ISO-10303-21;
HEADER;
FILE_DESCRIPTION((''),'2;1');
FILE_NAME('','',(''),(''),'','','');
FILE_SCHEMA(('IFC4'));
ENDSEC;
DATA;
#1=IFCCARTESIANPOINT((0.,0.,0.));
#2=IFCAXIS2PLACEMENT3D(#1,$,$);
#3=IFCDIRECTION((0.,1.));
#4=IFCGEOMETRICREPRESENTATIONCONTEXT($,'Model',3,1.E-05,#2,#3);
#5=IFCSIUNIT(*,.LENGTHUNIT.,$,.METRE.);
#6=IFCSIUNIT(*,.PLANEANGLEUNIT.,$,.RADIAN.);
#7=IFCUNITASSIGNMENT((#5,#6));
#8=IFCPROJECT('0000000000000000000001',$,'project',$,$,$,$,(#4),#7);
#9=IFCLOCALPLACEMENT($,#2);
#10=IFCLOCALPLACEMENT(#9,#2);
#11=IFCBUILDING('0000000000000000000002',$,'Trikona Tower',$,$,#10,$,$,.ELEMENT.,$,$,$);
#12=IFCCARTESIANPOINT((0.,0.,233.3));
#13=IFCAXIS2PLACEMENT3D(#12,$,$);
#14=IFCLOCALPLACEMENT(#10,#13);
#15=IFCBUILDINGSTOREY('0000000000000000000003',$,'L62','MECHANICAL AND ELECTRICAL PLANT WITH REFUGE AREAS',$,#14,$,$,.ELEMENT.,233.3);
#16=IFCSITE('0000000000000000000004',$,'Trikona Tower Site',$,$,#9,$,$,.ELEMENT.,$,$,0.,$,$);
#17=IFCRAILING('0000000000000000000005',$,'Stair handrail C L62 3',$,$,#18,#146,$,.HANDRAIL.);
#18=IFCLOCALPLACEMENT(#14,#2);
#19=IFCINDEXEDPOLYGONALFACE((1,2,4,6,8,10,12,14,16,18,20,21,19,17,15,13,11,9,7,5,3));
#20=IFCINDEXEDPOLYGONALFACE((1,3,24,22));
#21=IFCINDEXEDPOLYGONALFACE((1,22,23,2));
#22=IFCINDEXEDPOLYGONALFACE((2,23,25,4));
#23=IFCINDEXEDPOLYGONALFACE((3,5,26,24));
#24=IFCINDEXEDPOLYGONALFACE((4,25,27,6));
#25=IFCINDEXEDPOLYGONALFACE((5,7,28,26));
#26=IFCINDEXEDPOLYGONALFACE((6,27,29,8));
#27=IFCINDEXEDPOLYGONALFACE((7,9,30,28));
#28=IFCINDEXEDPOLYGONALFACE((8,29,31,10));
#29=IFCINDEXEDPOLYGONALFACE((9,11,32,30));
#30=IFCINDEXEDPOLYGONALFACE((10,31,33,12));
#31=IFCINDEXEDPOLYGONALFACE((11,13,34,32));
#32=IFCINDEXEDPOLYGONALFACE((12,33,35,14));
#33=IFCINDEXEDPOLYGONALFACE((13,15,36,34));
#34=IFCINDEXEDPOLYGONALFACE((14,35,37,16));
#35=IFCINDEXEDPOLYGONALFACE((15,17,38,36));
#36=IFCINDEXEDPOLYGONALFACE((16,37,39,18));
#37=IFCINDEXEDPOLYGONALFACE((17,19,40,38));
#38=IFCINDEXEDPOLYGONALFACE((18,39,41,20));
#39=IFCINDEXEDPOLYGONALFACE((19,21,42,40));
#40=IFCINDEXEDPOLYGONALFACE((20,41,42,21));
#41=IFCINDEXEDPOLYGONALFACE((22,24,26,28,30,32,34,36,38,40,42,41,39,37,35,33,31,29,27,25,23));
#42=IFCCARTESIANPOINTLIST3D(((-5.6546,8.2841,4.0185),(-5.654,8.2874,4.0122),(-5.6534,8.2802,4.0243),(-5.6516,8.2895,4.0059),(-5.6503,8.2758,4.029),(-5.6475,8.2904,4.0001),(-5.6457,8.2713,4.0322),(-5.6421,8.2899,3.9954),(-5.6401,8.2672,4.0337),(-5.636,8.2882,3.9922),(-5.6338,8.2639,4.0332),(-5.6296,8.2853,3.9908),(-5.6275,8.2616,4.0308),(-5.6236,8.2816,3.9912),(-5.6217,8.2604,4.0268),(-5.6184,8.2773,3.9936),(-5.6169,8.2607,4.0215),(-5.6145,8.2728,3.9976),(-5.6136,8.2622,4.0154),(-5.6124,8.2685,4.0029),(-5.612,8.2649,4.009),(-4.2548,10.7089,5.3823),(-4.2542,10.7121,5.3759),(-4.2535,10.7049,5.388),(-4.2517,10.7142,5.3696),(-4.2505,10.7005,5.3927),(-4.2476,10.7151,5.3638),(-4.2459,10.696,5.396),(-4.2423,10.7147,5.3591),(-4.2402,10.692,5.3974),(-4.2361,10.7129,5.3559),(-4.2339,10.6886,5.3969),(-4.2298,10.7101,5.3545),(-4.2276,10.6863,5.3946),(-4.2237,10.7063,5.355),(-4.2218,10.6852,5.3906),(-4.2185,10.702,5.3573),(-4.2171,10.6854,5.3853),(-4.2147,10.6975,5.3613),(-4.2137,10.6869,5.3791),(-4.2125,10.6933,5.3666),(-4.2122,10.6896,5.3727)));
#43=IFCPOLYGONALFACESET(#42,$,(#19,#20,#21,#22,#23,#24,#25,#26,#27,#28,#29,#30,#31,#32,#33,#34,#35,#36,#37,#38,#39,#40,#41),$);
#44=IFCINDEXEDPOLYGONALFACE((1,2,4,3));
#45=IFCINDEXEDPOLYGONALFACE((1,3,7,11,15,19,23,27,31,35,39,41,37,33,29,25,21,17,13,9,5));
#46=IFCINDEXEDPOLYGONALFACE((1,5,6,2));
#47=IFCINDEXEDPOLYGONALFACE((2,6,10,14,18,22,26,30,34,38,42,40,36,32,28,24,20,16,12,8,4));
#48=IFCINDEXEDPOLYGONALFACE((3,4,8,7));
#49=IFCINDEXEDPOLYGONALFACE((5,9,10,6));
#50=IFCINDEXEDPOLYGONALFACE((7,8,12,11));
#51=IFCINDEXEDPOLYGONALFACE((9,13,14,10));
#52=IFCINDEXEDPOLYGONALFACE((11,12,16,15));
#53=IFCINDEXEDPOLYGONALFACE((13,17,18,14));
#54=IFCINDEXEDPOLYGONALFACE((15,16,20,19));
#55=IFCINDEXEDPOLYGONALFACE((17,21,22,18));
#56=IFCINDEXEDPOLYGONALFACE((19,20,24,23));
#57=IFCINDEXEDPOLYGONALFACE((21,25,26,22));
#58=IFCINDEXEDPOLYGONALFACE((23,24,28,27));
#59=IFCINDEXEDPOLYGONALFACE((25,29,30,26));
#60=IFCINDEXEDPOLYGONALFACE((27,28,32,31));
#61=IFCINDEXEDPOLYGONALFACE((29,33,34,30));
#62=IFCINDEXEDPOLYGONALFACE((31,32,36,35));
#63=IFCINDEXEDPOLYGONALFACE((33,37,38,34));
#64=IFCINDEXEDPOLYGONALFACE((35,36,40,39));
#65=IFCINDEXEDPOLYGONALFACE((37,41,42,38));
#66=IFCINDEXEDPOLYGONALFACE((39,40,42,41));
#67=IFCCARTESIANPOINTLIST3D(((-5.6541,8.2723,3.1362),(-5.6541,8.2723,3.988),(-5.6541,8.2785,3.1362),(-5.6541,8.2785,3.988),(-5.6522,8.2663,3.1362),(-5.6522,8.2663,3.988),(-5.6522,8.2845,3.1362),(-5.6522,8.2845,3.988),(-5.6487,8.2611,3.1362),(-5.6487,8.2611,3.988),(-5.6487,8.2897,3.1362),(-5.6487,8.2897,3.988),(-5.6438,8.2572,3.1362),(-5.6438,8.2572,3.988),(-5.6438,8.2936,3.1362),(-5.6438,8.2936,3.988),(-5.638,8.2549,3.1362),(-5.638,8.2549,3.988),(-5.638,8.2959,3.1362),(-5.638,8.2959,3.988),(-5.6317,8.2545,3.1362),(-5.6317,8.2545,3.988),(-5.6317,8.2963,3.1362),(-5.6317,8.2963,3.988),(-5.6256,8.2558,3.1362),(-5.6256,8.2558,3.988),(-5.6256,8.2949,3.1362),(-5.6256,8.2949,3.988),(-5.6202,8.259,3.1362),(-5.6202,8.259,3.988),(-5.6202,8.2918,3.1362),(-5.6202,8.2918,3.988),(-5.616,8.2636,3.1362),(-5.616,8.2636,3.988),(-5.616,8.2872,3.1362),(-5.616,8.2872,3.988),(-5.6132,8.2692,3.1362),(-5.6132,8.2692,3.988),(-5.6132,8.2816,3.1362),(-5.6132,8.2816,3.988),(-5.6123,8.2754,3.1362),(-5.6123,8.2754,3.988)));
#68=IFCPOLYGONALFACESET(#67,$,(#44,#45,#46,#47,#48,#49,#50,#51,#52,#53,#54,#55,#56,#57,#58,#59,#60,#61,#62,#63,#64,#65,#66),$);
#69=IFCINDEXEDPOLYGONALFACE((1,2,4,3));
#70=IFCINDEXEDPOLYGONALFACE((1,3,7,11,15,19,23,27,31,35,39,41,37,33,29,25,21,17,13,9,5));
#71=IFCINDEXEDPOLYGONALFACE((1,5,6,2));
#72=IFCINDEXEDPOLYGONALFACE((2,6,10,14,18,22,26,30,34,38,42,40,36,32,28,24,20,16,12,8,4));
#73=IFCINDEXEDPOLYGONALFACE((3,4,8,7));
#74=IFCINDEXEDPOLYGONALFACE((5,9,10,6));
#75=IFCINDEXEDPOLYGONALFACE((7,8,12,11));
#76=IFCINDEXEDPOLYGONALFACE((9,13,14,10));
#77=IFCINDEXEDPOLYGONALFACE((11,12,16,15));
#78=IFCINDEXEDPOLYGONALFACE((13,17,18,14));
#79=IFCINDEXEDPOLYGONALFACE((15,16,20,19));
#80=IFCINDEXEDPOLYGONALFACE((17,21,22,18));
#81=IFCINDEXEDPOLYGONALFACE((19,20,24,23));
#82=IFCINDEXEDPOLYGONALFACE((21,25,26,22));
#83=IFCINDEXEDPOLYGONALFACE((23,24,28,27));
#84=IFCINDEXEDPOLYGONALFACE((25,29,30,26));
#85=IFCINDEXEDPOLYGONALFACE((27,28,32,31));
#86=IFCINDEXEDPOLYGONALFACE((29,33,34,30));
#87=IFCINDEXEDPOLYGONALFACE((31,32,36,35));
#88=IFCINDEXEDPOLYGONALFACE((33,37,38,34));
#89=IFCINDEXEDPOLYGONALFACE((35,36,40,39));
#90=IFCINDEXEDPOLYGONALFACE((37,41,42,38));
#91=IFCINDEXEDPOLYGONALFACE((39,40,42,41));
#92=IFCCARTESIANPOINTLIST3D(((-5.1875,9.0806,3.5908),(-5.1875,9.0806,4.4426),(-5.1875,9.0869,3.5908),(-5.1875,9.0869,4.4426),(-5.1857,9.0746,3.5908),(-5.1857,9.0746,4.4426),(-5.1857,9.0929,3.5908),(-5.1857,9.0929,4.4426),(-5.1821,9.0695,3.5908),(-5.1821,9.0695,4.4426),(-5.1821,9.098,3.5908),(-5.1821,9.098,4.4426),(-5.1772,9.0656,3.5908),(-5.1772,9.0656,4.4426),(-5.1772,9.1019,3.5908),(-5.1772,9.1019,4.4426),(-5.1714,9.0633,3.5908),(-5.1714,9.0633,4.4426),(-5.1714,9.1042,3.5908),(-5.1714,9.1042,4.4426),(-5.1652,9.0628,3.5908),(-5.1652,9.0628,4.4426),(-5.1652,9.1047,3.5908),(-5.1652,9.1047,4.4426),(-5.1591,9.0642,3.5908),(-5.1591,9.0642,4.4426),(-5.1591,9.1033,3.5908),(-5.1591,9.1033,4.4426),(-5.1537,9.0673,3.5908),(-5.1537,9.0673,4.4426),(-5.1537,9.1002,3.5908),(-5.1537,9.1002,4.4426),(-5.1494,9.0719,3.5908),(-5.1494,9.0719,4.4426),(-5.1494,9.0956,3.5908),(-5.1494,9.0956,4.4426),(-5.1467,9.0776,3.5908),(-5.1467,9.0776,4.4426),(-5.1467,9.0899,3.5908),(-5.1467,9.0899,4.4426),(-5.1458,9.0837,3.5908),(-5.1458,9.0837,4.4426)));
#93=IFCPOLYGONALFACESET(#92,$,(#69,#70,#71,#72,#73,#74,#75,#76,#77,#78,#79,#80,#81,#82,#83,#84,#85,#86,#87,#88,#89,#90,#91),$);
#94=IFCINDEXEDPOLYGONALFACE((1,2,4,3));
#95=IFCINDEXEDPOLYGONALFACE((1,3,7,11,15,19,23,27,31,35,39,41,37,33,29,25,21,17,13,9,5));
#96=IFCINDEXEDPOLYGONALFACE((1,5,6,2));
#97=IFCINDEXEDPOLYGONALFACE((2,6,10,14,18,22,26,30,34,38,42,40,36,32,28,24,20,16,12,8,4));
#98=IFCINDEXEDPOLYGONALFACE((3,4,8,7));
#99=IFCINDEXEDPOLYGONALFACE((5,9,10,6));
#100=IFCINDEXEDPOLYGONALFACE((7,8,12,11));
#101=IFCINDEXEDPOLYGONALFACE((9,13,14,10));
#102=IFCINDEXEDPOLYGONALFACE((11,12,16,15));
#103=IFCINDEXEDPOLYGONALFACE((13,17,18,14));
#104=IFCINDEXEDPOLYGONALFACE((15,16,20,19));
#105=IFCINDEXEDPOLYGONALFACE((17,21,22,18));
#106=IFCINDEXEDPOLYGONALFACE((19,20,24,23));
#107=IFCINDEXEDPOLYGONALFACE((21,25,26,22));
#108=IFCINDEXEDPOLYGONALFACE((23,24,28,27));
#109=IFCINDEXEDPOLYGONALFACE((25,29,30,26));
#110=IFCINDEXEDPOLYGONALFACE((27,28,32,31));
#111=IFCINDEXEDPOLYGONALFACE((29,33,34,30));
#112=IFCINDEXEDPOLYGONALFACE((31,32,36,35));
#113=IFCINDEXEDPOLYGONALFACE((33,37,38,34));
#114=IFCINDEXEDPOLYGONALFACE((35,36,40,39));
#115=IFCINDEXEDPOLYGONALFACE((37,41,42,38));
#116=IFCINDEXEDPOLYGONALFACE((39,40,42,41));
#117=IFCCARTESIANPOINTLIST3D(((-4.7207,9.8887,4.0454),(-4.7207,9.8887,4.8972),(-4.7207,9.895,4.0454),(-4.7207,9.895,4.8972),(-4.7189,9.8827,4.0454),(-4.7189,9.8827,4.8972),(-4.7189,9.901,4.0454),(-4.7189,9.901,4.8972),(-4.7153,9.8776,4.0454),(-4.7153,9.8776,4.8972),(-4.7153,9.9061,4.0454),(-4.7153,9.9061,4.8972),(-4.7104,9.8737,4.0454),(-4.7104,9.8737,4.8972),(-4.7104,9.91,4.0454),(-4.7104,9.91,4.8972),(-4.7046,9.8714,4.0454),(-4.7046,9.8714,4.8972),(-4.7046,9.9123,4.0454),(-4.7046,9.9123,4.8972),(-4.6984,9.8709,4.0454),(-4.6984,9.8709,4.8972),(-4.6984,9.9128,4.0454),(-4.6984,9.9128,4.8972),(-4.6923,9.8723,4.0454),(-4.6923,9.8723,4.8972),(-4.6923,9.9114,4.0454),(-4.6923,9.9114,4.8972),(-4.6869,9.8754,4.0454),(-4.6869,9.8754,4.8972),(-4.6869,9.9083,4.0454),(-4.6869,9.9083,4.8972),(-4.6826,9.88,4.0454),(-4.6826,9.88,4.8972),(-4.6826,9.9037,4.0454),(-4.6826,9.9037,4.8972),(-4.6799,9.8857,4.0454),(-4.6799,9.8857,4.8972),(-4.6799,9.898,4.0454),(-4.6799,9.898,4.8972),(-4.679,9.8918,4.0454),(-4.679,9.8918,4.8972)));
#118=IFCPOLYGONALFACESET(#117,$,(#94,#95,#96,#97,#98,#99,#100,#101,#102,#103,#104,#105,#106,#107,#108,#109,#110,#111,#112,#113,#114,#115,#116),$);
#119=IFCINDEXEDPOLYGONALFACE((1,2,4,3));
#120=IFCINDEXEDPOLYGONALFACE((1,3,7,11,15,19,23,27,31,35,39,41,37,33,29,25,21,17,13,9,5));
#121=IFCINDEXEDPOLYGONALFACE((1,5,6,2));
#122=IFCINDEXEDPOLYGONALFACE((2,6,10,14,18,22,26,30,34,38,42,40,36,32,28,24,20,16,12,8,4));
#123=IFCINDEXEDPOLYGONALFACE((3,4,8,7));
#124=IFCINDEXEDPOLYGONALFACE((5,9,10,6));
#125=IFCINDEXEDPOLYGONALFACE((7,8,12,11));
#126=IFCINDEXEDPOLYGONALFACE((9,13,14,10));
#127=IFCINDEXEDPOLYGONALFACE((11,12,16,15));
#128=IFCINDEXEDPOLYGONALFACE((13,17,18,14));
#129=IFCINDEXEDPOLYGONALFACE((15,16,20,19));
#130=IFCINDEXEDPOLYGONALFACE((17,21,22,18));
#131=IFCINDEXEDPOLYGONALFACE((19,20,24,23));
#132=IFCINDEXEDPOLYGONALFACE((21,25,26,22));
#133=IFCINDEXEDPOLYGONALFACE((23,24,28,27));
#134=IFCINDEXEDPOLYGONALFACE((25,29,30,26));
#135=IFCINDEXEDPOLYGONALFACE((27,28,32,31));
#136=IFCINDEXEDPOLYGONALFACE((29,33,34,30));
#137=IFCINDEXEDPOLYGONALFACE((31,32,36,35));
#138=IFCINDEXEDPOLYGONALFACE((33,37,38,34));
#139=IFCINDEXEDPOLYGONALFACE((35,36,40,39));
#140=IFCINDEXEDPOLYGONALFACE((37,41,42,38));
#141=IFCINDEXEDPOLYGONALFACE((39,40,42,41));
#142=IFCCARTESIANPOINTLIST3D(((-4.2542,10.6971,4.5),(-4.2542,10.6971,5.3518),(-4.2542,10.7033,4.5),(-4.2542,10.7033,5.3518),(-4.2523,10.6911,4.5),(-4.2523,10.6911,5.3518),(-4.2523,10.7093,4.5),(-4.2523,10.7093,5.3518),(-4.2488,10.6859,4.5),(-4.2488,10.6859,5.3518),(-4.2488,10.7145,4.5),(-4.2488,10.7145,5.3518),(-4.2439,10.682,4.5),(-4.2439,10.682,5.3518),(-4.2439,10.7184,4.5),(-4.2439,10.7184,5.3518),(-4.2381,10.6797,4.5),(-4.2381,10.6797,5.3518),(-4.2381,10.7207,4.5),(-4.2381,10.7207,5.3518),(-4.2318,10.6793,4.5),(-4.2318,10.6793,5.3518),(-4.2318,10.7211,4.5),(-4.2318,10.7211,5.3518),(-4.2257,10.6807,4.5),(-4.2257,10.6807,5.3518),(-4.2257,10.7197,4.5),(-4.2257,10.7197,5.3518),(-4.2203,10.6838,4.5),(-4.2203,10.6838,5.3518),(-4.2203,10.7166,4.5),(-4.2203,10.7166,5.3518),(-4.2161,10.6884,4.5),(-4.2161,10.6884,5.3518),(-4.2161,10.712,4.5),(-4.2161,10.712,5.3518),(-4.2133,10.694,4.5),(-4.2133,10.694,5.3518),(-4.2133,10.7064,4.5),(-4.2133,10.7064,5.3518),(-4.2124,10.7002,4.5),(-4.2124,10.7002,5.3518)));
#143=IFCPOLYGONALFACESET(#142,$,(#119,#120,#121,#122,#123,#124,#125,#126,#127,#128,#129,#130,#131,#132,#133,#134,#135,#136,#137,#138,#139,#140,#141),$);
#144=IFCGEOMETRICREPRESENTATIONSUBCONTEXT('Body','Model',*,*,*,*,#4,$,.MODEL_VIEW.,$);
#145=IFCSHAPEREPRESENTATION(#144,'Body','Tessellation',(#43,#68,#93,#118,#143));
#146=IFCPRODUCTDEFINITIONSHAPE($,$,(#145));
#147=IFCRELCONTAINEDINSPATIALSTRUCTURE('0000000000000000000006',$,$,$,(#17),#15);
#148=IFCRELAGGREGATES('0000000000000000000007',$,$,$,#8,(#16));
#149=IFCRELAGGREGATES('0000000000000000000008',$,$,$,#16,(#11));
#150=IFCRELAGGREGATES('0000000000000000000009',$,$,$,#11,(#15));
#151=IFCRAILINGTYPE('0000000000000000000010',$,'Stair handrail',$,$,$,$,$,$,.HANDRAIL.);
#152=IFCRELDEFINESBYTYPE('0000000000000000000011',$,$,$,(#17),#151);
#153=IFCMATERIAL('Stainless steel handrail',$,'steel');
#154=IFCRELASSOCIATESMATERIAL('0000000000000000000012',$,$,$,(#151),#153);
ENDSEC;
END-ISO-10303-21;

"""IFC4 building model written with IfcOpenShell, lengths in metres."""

from ifc_helpers import new_model, si_unit, direction, frame, origin, origin_2d, place, context, subcontext, project, spatial, circle, extrude, material, type_object, element, save


model = new_model("IFC4")

# Units and contexts
model_context = context("Model", 3, precision=1e-05, world=origin(), true_north=direction((0.0, 1.0)))
body_context = subcontext(model_context, "Body", "Model", "MODEL_VIEW")
ifc_project = project(units=[si_unit("LENGTHUNIT", "METRE"), si_unit("PLANEANGLEUNIT", "RADIAN")], contexts=[model_context])

# Site, building, storey
site_placement = place(None, origin())
site = spatial("IfcSite", under=ifc_project, at=site_placement, Name="Trikona Tower Site", CompositionType="ELEMENT", RefElevation=0.0)
building_placement = place(site_placement, origin())
building = spatial("IfcBuilding", under=site, at=building_placement, Name="Trikona Tower", CompositionType="ELEMENT")
storey_placement = place(building_placement, frame((0.0, 0.0, 233.3)))
storey = spatial("IfcBuildingStorey", under=building, at=storey_placement, Name="L62", Description="MECHANICAL AND ELECTRICAL PLANT WITH REFUGE AREAS", CompositionType="ELEMENT", Elevation=233.3)

# Railing
ifc_material_1 = material(Name="Stainless steel handrail", Category="steel")
railing_type = type_object("IfcRailingType", Name="Stair handrail", PredefinedType="HANDRAIL", material=ifc_material_1)
railing_1_placement = place(storey_placement, frame((-5.6333, 8.2754, 3.1362)))
element("IfcRailing", 1, at=railing_1_placement, inside=storey, type_object=railing_type, Name="Stair handrail C L62 3", PredefinedType="HANDRAIL", context=body_context, shape_type="SweptSolid", body=[
    extrude(circle(Radius=0.0239, at=origin_2d()), frame((0.0, 0.0, 0.876), z_axis=(0.449498, 0.778587, 0.437896), x_axis=(-0.866035, 0.499984, 0.0)), (0.0, 0.0, 1.0), 3.1143),
    extrude(circle(Radius=0.021, at=origin_2d()), origin(), (0.0, 0.0, 1.0), 0.8518),
    extrude(circle(Radius=0.021, at=origin_2d()), frame((0.4666, 0.8083, 0.4546)), (0.0, 0.0, 1.0), 0.8518),
    extrude(circle(Radius=0.021, at=origin_2d()), frame((0.9333, 1.6165, 0.9092)), (0.0, 0.0, 1.0), 0.8518),
    extrude(circle(Radius=0.021, at=origin_2d()), frame((1.3999, 2.4248, 1.3638)), (0.0, 0.0, 1.0), 0.8518),
])

save(model, "model.ifc")
